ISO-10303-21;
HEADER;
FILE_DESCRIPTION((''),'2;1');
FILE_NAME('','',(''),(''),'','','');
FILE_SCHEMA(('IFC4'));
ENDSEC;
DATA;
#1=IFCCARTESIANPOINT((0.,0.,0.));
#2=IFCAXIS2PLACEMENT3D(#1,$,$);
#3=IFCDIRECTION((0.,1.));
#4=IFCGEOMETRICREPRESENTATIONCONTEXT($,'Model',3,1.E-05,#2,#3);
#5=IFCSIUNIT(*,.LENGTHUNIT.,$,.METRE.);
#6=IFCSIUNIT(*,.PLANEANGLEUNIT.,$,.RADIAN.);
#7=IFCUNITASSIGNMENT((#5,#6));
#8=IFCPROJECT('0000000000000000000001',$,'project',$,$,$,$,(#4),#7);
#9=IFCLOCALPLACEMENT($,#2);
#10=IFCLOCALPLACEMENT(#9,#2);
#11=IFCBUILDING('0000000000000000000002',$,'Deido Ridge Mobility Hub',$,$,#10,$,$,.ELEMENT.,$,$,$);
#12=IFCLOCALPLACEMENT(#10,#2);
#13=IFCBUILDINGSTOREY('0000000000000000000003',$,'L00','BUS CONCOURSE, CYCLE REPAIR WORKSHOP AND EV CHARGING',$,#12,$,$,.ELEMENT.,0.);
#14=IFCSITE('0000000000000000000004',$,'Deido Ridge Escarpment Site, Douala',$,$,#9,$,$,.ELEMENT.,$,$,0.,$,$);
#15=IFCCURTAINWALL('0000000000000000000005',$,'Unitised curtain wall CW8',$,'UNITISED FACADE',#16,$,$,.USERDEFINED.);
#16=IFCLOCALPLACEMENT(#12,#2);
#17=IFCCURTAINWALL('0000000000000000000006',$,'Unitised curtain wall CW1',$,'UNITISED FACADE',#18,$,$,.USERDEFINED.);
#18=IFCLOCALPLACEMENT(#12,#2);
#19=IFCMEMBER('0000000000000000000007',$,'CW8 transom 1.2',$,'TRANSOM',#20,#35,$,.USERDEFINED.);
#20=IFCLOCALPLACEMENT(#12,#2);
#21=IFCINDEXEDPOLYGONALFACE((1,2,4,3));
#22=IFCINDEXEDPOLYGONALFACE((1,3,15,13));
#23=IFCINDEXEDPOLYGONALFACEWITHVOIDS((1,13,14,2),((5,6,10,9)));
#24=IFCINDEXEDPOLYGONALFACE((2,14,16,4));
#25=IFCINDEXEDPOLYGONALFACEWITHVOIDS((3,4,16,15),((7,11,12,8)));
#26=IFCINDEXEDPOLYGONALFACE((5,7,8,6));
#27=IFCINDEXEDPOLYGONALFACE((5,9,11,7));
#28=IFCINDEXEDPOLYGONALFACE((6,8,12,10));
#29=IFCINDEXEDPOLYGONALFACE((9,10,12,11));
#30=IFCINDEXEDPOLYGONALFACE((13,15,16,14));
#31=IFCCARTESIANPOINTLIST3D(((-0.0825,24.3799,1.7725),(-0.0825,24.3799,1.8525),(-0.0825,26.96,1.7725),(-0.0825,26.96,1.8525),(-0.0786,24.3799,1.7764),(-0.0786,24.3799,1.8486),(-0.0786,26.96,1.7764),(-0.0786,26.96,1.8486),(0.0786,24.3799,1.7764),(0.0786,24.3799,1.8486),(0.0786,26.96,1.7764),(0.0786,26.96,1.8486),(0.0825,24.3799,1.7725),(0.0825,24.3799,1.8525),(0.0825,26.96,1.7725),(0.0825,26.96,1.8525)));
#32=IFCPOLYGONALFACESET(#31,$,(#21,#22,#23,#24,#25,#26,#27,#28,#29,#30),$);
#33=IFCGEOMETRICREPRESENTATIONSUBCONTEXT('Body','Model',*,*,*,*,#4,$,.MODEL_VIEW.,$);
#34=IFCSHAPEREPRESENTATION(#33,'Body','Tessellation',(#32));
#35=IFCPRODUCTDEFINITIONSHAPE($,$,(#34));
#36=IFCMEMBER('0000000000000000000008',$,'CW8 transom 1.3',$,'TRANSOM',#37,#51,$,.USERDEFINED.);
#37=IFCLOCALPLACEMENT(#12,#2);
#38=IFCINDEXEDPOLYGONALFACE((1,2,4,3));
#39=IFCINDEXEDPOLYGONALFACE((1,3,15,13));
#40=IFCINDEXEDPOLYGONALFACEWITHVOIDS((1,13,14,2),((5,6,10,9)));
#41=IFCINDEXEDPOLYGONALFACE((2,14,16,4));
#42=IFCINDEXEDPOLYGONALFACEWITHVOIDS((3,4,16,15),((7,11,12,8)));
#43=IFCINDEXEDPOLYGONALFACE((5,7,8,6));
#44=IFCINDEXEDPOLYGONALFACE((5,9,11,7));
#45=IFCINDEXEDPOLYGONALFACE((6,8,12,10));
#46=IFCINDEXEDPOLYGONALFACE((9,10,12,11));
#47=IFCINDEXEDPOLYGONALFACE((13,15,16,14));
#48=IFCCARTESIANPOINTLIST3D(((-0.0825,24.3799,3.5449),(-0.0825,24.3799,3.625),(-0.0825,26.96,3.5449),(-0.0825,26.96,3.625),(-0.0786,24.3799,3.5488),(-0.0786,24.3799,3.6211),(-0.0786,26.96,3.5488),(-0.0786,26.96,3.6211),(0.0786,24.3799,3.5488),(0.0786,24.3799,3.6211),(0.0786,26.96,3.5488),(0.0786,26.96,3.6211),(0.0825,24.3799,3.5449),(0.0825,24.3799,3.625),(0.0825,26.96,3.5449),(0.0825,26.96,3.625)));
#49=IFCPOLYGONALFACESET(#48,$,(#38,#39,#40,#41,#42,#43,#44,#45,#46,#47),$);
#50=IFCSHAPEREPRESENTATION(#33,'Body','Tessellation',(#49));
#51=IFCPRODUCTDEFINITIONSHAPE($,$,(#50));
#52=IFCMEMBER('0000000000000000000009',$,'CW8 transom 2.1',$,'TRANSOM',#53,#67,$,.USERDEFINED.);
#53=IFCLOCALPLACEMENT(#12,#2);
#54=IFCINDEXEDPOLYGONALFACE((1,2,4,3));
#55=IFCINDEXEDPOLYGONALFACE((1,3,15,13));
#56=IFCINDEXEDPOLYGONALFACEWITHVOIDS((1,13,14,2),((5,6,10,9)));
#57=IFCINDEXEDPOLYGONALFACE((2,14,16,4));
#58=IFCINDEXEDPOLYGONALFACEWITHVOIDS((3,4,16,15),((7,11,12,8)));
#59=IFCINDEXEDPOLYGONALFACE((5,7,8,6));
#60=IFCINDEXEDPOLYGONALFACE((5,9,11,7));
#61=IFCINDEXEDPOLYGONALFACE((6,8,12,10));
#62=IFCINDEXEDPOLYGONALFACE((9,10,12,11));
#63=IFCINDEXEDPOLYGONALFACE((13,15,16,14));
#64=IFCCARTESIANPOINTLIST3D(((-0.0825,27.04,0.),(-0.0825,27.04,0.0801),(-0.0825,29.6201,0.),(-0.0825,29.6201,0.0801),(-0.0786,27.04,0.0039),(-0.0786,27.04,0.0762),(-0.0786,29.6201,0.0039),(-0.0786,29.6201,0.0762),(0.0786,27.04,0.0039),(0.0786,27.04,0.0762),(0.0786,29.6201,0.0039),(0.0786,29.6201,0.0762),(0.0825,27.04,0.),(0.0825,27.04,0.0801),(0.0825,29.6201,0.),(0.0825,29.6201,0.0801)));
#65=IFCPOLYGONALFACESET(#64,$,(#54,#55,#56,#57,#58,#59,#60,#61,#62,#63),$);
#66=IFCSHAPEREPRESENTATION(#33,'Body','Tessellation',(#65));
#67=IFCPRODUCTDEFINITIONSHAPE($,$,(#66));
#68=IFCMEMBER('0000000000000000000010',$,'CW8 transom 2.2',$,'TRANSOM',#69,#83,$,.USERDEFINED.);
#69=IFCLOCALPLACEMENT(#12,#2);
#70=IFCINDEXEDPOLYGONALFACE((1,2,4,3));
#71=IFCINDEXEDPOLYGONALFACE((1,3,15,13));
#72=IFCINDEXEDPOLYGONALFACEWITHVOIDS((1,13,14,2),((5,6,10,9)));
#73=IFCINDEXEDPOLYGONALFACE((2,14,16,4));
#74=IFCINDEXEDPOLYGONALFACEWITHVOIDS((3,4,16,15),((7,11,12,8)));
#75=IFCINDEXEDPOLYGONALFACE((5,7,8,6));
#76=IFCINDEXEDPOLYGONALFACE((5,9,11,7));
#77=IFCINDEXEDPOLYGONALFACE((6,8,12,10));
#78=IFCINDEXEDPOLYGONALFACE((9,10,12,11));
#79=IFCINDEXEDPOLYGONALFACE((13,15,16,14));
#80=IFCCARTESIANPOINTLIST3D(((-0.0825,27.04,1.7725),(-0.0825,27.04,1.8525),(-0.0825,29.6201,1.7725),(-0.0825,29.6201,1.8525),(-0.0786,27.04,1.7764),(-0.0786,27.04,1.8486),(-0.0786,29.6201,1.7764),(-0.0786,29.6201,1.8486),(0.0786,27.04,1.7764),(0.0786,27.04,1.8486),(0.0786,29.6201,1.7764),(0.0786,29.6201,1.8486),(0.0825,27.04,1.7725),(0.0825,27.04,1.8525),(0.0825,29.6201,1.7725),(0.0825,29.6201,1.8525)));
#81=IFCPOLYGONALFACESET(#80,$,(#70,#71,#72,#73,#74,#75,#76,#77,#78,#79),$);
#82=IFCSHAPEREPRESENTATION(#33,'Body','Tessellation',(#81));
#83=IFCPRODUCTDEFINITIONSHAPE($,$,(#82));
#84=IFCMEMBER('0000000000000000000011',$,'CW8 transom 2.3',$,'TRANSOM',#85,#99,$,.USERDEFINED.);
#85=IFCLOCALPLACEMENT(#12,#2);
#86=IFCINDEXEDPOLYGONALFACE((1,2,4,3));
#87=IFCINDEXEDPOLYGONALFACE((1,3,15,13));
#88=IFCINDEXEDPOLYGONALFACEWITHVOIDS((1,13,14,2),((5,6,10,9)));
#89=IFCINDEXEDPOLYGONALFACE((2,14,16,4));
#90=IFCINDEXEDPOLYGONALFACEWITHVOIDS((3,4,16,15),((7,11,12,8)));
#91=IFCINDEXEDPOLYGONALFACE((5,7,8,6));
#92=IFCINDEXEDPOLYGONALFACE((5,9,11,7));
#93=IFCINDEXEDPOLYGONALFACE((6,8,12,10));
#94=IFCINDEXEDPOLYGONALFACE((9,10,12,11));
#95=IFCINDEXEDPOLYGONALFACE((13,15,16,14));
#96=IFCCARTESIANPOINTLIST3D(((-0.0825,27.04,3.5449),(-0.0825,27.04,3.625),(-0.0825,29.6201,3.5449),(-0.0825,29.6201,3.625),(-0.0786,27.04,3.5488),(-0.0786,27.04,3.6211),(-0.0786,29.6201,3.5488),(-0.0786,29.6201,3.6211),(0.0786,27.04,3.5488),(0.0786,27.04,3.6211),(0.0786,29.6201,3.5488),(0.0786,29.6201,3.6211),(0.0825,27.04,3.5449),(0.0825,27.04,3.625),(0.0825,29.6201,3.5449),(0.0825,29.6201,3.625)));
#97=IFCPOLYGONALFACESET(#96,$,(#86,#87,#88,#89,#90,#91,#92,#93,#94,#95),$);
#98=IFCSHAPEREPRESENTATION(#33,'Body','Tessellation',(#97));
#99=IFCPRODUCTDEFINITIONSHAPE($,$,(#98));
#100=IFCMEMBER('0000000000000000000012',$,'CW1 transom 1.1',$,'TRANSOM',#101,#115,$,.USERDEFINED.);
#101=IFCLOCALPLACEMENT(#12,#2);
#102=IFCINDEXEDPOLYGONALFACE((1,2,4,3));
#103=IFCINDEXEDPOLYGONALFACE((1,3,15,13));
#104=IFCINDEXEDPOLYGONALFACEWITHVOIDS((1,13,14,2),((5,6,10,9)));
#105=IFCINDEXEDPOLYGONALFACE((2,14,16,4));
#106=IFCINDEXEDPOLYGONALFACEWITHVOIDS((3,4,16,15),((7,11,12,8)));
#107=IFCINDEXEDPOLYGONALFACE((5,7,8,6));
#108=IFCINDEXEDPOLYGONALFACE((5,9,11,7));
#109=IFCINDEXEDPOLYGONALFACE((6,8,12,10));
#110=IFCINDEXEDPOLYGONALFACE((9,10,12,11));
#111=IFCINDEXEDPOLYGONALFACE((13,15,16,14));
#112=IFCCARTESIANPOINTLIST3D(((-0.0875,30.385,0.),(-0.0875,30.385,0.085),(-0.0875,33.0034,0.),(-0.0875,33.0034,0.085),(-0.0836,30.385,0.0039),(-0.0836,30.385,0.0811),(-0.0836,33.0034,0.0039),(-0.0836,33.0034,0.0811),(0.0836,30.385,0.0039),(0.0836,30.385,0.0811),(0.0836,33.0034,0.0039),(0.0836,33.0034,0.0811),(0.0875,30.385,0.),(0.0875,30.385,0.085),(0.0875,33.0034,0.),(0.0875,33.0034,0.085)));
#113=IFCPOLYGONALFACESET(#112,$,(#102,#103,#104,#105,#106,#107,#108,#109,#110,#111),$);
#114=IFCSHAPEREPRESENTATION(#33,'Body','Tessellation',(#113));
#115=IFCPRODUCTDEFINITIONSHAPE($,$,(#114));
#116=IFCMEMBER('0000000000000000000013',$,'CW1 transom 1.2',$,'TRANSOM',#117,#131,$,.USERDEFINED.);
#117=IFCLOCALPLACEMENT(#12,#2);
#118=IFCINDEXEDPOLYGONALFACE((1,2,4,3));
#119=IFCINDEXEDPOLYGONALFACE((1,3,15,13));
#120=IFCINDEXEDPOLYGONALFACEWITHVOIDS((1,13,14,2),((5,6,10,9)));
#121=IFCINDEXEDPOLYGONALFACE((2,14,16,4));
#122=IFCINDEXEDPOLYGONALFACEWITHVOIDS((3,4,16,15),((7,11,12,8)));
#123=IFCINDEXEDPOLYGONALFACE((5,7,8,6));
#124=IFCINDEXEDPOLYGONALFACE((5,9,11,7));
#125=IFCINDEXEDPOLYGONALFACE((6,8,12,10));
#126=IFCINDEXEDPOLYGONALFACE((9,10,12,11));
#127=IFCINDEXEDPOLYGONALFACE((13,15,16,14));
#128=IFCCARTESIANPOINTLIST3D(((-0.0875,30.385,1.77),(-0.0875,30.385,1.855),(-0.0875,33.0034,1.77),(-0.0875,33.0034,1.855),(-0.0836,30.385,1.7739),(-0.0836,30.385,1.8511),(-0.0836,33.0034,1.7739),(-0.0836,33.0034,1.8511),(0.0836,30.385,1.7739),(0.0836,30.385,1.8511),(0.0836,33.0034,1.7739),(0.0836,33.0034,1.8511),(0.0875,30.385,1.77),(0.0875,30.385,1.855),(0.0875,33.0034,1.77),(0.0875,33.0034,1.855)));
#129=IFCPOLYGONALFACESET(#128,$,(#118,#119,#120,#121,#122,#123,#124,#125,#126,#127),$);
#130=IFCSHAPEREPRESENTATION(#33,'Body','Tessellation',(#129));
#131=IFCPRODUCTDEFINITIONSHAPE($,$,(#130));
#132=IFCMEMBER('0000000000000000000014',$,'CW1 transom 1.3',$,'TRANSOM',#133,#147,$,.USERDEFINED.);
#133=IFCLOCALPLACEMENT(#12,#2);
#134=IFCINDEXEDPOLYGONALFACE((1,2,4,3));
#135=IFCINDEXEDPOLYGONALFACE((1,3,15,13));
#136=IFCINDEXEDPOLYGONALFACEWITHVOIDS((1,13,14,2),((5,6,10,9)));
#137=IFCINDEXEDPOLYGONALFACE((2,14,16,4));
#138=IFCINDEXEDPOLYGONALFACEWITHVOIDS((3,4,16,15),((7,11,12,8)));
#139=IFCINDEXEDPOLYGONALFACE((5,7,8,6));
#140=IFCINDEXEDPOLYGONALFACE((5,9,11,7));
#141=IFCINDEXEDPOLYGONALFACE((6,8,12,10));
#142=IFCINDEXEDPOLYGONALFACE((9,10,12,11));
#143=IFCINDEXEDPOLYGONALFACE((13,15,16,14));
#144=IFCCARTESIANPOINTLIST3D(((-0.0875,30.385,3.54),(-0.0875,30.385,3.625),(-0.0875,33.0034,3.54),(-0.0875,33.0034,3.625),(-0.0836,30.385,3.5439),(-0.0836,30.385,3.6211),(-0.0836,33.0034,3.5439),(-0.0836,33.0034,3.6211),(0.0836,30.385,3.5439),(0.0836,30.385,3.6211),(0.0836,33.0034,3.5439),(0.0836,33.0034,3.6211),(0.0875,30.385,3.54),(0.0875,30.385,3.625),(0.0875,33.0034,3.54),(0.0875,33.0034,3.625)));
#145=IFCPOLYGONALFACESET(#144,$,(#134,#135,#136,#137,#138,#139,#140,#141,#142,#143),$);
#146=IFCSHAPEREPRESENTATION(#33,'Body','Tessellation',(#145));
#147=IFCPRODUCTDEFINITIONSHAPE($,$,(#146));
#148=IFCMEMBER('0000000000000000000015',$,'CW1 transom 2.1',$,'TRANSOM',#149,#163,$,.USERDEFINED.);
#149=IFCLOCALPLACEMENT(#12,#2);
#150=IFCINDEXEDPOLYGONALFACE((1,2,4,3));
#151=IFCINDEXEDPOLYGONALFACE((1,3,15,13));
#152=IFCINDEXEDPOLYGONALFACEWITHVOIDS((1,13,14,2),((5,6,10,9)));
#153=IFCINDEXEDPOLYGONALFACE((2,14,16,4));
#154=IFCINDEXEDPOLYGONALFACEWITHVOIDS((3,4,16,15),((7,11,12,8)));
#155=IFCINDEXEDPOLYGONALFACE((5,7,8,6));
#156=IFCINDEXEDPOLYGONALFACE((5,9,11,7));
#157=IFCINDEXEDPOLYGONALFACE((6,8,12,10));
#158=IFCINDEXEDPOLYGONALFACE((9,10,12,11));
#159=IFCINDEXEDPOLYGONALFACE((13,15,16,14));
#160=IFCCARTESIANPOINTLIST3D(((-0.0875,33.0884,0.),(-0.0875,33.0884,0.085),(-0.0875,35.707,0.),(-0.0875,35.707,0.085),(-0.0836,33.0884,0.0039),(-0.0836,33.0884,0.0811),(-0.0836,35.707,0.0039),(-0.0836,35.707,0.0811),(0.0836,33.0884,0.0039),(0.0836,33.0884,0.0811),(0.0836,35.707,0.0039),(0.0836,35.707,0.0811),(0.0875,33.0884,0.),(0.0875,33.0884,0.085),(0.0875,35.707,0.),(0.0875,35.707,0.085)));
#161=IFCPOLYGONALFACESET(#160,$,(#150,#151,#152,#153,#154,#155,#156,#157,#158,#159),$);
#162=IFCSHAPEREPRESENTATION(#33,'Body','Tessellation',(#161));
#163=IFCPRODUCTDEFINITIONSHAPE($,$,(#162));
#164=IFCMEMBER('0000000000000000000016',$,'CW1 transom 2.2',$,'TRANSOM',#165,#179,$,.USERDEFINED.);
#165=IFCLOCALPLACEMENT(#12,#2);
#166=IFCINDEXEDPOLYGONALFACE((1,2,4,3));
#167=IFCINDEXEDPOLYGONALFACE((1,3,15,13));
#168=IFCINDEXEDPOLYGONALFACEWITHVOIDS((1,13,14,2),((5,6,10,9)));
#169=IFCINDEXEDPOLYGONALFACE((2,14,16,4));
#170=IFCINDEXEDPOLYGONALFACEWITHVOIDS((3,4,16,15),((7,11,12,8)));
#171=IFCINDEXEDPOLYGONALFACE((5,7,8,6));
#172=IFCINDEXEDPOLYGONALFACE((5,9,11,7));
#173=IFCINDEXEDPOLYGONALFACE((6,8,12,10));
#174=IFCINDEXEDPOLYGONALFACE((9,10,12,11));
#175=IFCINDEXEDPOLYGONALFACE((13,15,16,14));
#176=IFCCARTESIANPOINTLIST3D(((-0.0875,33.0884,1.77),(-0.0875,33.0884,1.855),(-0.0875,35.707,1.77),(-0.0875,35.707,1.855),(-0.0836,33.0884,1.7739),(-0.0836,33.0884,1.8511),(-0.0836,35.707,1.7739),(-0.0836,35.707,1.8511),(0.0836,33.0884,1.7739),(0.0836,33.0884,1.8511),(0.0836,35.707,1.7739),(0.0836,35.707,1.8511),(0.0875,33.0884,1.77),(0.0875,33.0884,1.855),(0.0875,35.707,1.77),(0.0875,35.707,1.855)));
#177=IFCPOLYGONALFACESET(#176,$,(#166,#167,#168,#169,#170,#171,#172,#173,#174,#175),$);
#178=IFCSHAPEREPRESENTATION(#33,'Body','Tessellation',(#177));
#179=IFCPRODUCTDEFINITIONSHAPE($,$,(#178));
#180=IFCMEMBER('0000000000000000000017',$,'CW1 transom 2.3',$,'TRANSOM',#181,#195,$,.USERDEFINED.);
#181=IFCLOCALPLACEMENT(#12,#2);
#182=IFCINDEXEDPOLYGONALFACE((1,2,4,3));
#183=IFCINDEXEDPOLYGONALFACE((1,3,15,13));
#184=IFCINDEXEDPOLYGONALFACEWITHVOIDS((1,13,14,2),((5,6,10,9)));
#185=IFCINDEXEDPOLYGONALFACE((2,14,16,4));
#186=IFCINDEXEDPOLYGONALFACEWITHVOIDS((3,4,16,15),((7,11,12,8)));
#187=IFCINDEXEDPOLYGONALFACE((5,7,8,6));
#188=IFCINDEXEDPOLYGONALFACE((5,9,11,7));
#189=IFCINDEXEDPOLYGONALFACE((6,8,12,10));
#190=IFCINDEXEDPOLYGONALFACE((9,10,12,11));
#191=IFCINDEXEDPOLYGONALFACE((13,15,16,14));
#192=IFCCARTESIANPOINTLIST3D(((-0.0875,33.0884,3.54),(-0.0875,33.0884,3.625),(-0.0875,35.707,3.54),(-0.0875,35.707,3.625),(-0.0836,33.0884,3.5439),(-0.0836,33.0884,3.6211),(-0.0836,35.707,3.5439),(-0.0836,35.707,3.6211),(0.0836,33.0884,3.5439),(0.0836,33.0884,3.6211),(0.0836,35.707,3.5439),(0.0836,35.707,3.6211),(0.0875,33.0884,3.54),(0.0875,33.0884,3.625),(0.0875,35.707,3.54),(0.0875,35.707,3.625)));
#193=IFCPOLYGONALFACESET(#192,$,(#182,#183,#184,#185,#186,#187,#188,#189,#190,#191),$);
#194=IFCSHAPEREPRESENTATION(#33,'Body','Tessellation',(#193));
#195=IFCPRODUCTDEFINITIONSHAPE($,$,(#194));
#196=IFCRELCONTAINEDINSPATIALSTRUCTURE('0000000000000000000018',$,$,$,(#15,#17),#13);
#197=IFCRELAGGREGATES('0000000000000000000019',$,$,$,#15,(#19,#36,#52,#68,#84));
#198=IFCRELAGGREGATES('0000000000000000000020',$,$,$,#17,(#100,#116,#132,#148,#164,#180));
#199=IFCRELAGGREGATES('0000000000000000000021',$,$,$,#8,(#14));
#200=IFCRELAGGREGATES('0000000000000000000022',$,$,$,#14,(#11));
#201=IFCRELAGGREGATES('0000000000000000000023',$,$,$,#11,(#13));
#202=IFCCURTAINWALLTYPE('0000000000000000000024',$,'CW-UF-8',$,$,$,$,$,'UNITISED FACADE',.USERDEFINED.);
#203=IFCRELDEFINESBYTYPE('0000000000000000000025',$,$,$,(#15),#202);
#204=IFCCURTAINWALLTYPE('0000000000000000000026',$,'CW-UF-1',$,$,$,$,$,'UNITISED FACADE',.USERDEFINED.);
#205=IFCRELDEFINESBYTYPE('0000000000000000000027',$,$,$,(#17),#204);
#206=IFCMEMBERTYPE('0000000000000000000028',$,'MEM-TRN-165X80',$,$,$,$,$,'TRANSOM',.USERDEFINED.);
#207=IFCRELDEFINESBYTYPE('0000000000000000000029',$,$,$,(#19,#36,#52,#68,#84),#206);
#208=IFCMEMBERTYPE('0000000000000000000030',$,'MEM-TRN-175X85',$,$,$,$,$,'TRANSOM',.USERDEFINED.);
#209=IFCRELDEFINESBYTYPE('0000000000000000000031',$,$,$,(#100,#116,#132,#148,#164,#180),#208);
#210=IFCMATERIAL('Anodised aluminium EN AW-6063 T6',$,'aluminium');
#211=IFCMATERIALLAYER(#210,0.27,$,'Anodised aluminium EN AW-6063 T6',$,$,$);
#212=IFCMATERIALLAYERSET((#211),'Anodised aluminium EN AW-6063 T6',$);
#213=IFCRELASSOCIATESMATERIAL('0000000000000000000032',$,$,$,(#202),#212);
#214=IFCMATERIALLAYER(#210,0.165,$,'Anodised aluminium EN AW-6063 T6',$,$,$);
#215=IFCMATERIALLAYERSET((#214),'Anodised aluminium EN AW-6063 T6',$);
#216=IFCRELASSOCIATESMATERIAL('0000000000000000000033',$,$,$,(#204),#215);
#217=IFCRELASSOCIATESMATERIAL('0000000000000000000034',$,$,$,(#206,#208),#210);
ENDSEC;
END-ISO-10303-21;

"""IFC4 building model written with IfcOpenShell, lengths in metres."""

from ifc_helpers import new_model, si_unit, direction, frame, origin, origin_2d, place, context, subcontext, project, spatial, hollow_rectangle, extrude, material, layer, layer_set, material_profile, profile_set, type_object, element, aggregate, save


model = new_model("IFC4")

# Units and contexts
model_context = context("Model", 3, precision=1e-05, world=origin(), true_north=direction((0.0, 1.0)))
body_context = subcontext(model_context, "Body", "Model", "MODEL_VIEW")
ifc_project = project(units=[si_unit("LENGTHUNIT", "METRE"), si_unit("PLANEANGLEUNIT", "RADIAN")], contexts=[model_context])

# Site, building, storey
site_placement = place(None, origin())
site = spatial("IfcSite", under=ifc_project, at=site_placement, Name="Deido Ridge Escarpment Site, Douala", CompositionType="ELEMENT", RefElevation=0.0)
building_placement = place(site_placement, origin())
building = spatial("IfcBuilding", under=site, at=building_placement, Name="Deido Ridge Mobility Hub", CompositionType="ELEMENT")
storey_placement = place(building_placement, origin())
storey = spatial("IfcBuildingStorey", under=building, at=storey_placement, Name="L00", Description="BUS CONCOURSE, CYCLE REPAIR WORKSHOP AND EV CHARGING", CompositionType="ELEMENT", Elevation=0.0)

# Curtain walls
ifc_material_1 = material(Name="Anodised aluminium EN AW-6063 T6", Category="aluminium")
ifc_layer_1 = layer(ifc_material_1, 0.27, Name="Anodised aluminium EN AW-6063 T6")
ifc_layer_set_1 = layer_set([ifc_layer_1], Name="Anodised aluminium EN AW-6063 T6")
curtain_wall_type_1 = type_object("IfcCurtainWallType", Name="CW-UF-8", ElementType="UNITISED FACADE", PredefinedType="USERDEFINED", material=ifc_layer_set_1)
curtain_wall_1_placement = place(storey_placement, origin())
curtain_wall_1 = element("IfcCurtainWall", 1, at=curtain_wall_1_placement, inside=storey, type_object=curtain_wall_type_1, Name="Unitised curtain wall CW8", ObjectType="UNITISED FACADE", PredefinedType="USERDEFINED")
ifc_layer_2 = layer(ifc_material_1, 0.165, Name="Anodised aluminium EN AW-6063 T6")
ifc_layer_set_2 = layer_set([ifc_layer_2], Name="Anodised aluminium EN AW-6063 T6")
curtain_wall_type_2 = type_object("IfcCurtainWallType", Name="CW-UF-1", ElementType="UNITISED FACADE", PredefinedType="USERDEFINED", material=ifc_layer_set_2)
curtain_wall_2_placement = place(storey_placement, origin())
curtain_wall_2 = element("IfcCurtainWall", 2, at=curtain_wall_2_placement, inside=storey, type_object=curtain_wall_type_2, Name="Unitised curtain wall CW1", ObjectType="UNITISED FACADE", PredefinedType="USERDEFINED")

# Members
ifc_material_profile_1 = material_profile(ifc_material_1, hollow_rectangle(XDim=0.165, YDim=0.0801, WallThickness=0.0039, at=origin_2d()), Name="RHS 165x80x4")
ifc_profile_set_1 = profile_set([ifc_material_profile_1], Name="Anodised aluminium EN AW-6063 T6")
member_type_1 = type_object("IfcMemberType", Name="MEM-TRN-165X80", ElementType="TRANSOM", PredefinedType="USERDEFINED", material=ifc_profile_set_1)
member_1_placement = place(storey_placement, frame((0.0, 24.3799, 1.8125), z_axis=(0.0, 1.0, 0.0), x_axis=(-1.0, 0.0, 0.0)))
member_1 = element("IfcMember", 3, at=member_1_placement, type_object=member_type_1, Name="CW8 transom 1.2", ObjectType="TRANSOM", PredefinedType="USERDEFINED", context=body_context, shape_type="SweptSolid", body=[
    extrude(hollow_rectangle(XDim=0.165, YDim=0.0801, WallThickness=0.0039, at=origin_2d()), origin(), (0.0, 0.0, 1.0), 2.5801),
])
member_2_placement = place(storey_placement, frame((0.0, 24.3799, 3.585), z_axis=(0.0, 1.0, 0.0), x_axis=(-1.0, 0.0, 0.0)))
member_2 = element("IfcMember", 4, at=member_2_placement, type_object=member_type_1, Name="CW8 transom 1.3", ObjectType="TRANSOM", PredefinedType="USERDEFINED", context=body_context, shape_type="SweptSolid", body=[
    extrude(hollow_rectangle(XDim=0.165, YDim=0.0801, WallThickness=0.0039, at=origin_2d()), origin(), (0.0, 0.0, 1.0), 2.5801),
])
member_3_placement = place(storey_placement, frame((0.0, 27.04, 0.04), z_axis=(0.0, 1.0, 0.0), x_axis=(-1.0, 0.0, 0.0)))
member_3 = element("IfcMember", 5, at=member_3_placement, type_object=member_type_1, Name="CW8 transom 2.1", ObjectType="TRANSOM", PredefinedType="USERDEFINED", context=body_context, shape_type="SweptSolid", body=[
    extrude(hollow_rectangle(XDim=0.165, YDim=0.0801, WallThickness=0.0039, at=origin_2d()), origin(), (0.0, 0.0, 1.0), 2.5801),
])
member_4_placement = place(storey_placement, frame((0.0, 27.04, 1.8125), z_axis=(0.0, 1.0, 0.0), x_axis=(-1.0, 0.0, 0.0)))
member_4 = element("IfcMember", 6, at=member_4_placement, type_object=member_type_1, Name="CW8 transom 2.2", ObjectType="TRANSOM", PredefinedType="USERDEFINED", context=body_context, shape_type="SweptSolid", body=[
    extrude(hollow_rectangle(XDim=0.165, YDim=0.0801, WallThickness=0.0039, at=origin_2d()), origin(), (0.0, 0.0, 1.0), 2.5801),
])
member_5_placement = place(storey_placement, frame((0.0, 27.04, 3.585), z_axis=(0.0, 1.0, 0.0), x_axis=(-1.0, 0.0, 0.0)))
member_5 = element("IfcMember", 7, at=member_5_placement, type_object=member_type_1, Name="CW8 transom 2.3", ObjectType="TRANSOM", PredefinedType="USERDEFINED", context=body_context, shape_type="SweptSolid", body=[
    extrude(hollow_rectangle(XDim=0.165, YDim=0.0801, WallThickness=0.0039, at=origin_2d()), origin(), (0.0, 0.0, 1.0), 2.5801),
])
ifc_material_profile_2 = material_profile(ifc_material_1, hollow_rectangle(XDim=0.175, YDim=0.085, WallThickness=0.0039, at=origin_2d()), Name="RHS 175x85x4")
ifc_profile_set_2 = profile_set([ifc_material_profile_2], Name="Anodised aluminium EN AW-6063 T6")
member_type_2 = type_object("IfcMemberType", Name="MEM-TRN-175X85", ElementType="TRANSOM", PredefinedType="USERDEFINED", material=ifc_profile_set_2)
member_6_placement = place(storey_placement, frame((0.0, 30.385, 0.0425), z_axis=(0.0, 1.0, 0.0), x_axis=(-1.0, 0.0, 0.0)))
member_6 = element("IfcMember", 8, at=member_6_placement, type_object=member_type_2, Name="CW1 transom 1.1", ObjectType="TRANSOM", PredefinedType="USERDEFINED", context=body_context, shape_type="SweptSolid", body=[
    extrude(hollow_rectangle(XDim=0.175, YDim=0.085, WallThickness=0.0039, at=origin_2d()), origin(), (0.0, 0.0, 1.0), 2.6184),
])
member_7_placement = place(storey_placement, frame((0.0, 30.385, 1.8125), z_axis=(0.0, 1.0, 0.0), x_axis=(-1.0, 0.0, 0.0)))
member_7 = element("IfcMember", 9, at=member_7_placement, type_object=member_type_2, Name="CW1 transom 1.2", ObjectType="TRANSOM", PredefinedType="USERDEFINED", context=body_context, shape_type="SweptSolid", body=[
    extrude(hollow_rectangle(XDim=0.175, YDim=0.085, WallThickness=0.0039, at=origin_2d()), origin(), (0.0, 0.0, 1.0), 2.6184),
])
member_8_placement = place(storey_placement, frame((0.0, 30.385, 3.5825), z_axis=(0.0, 1.0, 0.0), x_axis=(-1.0, 0.0, 0.0)))
member_8 = element("IfcMember", 10, at=member_8_placement, type_object=member_type_2, Name="CW1 transom 1.3", ObjectType="TRANSOM", PredefinedType="USERDEFINED", context=body_context, shape_type="SweptSolid", body=[
    extrude(hollow_rectangle(XDim=0.175, YDim=0.085, WallThickness=0.0039, at=origin_2d()), origin(), (0.0, 0.0, 1.0), 2.6184),
])
member_9_placement = place(storey_placement, frame((0.0, 33.0884, 0.0425), z_axis=(0.0, 1.0, 0.0), x_axis=(-1.0, 0.0, 0.0)))
member_9 = element("IfcMember", 11, at=member_9_placement, type_object=member_type_2, Name="CW1 transom 2.1", ObjectType="TRANSOM", PredefinedType="USERDEFINED", context=body_context, shape_type="SweptSolid", body=[
    extrude(hollow_rectangle(XDim=0.175, YDim=0.085, WallThickness=0.0039, at=origin_2d()), origin(), (0.0, 0.0, 1.0), 2.6187),
])
member_10_placement = place(storey_placement, frame((0.0, 33.0884, 1.8125), z_axis=(0.0, 1.0, 0.0), x_axis=(-1.0, 0.0, 0.0)))
member_10 = element("IfcMember", 12, at=member_10_placement, type_object=member_type_2, Name="CW1 transom 2.2", ObjectType="TRANSOM", PredefinedType="USERDEFINED", context=body_context, shape_type="SweptSolid", body=[
    extrude(hollow_rectangle(XDim=0.175, YDim=0.085, WallThickness=0.0039, at=origin_2d()), origin(), (0.0, 0.0, 1.0), 2.6187),
])
member_11_placement = place(storey_placement, frame((0.0, 33.0884, 3.5825), z_axis=(0.0, 1.0, 0.0), x_axis=(-1.0, 0.0, 0.0)))
member_11 = element("IfcMember", 13, at=member_11_placement, type_object=member_type_2, Name="CW1 transom 2.3", ObjectType="TRANSOM", PredefinedType="USERDEFINED", context=body_context, shape_type="SweptSolid", body=[
    extrude(hollow_rectangle(XDim=0.175, YDim=0.085, WallThickness=0.0039, at=origin_2d()), origin(), (0.0, 0.0, 1.0), 2.6187),
])

aggregate(curtain_wall_1, [member_1, member_2, member_3, member_4, member_5])
aggregate(curtain_wall_2, [member_6, member_7, member_8, member_9, member_10, member_11])

save(model, "model.ifc")
